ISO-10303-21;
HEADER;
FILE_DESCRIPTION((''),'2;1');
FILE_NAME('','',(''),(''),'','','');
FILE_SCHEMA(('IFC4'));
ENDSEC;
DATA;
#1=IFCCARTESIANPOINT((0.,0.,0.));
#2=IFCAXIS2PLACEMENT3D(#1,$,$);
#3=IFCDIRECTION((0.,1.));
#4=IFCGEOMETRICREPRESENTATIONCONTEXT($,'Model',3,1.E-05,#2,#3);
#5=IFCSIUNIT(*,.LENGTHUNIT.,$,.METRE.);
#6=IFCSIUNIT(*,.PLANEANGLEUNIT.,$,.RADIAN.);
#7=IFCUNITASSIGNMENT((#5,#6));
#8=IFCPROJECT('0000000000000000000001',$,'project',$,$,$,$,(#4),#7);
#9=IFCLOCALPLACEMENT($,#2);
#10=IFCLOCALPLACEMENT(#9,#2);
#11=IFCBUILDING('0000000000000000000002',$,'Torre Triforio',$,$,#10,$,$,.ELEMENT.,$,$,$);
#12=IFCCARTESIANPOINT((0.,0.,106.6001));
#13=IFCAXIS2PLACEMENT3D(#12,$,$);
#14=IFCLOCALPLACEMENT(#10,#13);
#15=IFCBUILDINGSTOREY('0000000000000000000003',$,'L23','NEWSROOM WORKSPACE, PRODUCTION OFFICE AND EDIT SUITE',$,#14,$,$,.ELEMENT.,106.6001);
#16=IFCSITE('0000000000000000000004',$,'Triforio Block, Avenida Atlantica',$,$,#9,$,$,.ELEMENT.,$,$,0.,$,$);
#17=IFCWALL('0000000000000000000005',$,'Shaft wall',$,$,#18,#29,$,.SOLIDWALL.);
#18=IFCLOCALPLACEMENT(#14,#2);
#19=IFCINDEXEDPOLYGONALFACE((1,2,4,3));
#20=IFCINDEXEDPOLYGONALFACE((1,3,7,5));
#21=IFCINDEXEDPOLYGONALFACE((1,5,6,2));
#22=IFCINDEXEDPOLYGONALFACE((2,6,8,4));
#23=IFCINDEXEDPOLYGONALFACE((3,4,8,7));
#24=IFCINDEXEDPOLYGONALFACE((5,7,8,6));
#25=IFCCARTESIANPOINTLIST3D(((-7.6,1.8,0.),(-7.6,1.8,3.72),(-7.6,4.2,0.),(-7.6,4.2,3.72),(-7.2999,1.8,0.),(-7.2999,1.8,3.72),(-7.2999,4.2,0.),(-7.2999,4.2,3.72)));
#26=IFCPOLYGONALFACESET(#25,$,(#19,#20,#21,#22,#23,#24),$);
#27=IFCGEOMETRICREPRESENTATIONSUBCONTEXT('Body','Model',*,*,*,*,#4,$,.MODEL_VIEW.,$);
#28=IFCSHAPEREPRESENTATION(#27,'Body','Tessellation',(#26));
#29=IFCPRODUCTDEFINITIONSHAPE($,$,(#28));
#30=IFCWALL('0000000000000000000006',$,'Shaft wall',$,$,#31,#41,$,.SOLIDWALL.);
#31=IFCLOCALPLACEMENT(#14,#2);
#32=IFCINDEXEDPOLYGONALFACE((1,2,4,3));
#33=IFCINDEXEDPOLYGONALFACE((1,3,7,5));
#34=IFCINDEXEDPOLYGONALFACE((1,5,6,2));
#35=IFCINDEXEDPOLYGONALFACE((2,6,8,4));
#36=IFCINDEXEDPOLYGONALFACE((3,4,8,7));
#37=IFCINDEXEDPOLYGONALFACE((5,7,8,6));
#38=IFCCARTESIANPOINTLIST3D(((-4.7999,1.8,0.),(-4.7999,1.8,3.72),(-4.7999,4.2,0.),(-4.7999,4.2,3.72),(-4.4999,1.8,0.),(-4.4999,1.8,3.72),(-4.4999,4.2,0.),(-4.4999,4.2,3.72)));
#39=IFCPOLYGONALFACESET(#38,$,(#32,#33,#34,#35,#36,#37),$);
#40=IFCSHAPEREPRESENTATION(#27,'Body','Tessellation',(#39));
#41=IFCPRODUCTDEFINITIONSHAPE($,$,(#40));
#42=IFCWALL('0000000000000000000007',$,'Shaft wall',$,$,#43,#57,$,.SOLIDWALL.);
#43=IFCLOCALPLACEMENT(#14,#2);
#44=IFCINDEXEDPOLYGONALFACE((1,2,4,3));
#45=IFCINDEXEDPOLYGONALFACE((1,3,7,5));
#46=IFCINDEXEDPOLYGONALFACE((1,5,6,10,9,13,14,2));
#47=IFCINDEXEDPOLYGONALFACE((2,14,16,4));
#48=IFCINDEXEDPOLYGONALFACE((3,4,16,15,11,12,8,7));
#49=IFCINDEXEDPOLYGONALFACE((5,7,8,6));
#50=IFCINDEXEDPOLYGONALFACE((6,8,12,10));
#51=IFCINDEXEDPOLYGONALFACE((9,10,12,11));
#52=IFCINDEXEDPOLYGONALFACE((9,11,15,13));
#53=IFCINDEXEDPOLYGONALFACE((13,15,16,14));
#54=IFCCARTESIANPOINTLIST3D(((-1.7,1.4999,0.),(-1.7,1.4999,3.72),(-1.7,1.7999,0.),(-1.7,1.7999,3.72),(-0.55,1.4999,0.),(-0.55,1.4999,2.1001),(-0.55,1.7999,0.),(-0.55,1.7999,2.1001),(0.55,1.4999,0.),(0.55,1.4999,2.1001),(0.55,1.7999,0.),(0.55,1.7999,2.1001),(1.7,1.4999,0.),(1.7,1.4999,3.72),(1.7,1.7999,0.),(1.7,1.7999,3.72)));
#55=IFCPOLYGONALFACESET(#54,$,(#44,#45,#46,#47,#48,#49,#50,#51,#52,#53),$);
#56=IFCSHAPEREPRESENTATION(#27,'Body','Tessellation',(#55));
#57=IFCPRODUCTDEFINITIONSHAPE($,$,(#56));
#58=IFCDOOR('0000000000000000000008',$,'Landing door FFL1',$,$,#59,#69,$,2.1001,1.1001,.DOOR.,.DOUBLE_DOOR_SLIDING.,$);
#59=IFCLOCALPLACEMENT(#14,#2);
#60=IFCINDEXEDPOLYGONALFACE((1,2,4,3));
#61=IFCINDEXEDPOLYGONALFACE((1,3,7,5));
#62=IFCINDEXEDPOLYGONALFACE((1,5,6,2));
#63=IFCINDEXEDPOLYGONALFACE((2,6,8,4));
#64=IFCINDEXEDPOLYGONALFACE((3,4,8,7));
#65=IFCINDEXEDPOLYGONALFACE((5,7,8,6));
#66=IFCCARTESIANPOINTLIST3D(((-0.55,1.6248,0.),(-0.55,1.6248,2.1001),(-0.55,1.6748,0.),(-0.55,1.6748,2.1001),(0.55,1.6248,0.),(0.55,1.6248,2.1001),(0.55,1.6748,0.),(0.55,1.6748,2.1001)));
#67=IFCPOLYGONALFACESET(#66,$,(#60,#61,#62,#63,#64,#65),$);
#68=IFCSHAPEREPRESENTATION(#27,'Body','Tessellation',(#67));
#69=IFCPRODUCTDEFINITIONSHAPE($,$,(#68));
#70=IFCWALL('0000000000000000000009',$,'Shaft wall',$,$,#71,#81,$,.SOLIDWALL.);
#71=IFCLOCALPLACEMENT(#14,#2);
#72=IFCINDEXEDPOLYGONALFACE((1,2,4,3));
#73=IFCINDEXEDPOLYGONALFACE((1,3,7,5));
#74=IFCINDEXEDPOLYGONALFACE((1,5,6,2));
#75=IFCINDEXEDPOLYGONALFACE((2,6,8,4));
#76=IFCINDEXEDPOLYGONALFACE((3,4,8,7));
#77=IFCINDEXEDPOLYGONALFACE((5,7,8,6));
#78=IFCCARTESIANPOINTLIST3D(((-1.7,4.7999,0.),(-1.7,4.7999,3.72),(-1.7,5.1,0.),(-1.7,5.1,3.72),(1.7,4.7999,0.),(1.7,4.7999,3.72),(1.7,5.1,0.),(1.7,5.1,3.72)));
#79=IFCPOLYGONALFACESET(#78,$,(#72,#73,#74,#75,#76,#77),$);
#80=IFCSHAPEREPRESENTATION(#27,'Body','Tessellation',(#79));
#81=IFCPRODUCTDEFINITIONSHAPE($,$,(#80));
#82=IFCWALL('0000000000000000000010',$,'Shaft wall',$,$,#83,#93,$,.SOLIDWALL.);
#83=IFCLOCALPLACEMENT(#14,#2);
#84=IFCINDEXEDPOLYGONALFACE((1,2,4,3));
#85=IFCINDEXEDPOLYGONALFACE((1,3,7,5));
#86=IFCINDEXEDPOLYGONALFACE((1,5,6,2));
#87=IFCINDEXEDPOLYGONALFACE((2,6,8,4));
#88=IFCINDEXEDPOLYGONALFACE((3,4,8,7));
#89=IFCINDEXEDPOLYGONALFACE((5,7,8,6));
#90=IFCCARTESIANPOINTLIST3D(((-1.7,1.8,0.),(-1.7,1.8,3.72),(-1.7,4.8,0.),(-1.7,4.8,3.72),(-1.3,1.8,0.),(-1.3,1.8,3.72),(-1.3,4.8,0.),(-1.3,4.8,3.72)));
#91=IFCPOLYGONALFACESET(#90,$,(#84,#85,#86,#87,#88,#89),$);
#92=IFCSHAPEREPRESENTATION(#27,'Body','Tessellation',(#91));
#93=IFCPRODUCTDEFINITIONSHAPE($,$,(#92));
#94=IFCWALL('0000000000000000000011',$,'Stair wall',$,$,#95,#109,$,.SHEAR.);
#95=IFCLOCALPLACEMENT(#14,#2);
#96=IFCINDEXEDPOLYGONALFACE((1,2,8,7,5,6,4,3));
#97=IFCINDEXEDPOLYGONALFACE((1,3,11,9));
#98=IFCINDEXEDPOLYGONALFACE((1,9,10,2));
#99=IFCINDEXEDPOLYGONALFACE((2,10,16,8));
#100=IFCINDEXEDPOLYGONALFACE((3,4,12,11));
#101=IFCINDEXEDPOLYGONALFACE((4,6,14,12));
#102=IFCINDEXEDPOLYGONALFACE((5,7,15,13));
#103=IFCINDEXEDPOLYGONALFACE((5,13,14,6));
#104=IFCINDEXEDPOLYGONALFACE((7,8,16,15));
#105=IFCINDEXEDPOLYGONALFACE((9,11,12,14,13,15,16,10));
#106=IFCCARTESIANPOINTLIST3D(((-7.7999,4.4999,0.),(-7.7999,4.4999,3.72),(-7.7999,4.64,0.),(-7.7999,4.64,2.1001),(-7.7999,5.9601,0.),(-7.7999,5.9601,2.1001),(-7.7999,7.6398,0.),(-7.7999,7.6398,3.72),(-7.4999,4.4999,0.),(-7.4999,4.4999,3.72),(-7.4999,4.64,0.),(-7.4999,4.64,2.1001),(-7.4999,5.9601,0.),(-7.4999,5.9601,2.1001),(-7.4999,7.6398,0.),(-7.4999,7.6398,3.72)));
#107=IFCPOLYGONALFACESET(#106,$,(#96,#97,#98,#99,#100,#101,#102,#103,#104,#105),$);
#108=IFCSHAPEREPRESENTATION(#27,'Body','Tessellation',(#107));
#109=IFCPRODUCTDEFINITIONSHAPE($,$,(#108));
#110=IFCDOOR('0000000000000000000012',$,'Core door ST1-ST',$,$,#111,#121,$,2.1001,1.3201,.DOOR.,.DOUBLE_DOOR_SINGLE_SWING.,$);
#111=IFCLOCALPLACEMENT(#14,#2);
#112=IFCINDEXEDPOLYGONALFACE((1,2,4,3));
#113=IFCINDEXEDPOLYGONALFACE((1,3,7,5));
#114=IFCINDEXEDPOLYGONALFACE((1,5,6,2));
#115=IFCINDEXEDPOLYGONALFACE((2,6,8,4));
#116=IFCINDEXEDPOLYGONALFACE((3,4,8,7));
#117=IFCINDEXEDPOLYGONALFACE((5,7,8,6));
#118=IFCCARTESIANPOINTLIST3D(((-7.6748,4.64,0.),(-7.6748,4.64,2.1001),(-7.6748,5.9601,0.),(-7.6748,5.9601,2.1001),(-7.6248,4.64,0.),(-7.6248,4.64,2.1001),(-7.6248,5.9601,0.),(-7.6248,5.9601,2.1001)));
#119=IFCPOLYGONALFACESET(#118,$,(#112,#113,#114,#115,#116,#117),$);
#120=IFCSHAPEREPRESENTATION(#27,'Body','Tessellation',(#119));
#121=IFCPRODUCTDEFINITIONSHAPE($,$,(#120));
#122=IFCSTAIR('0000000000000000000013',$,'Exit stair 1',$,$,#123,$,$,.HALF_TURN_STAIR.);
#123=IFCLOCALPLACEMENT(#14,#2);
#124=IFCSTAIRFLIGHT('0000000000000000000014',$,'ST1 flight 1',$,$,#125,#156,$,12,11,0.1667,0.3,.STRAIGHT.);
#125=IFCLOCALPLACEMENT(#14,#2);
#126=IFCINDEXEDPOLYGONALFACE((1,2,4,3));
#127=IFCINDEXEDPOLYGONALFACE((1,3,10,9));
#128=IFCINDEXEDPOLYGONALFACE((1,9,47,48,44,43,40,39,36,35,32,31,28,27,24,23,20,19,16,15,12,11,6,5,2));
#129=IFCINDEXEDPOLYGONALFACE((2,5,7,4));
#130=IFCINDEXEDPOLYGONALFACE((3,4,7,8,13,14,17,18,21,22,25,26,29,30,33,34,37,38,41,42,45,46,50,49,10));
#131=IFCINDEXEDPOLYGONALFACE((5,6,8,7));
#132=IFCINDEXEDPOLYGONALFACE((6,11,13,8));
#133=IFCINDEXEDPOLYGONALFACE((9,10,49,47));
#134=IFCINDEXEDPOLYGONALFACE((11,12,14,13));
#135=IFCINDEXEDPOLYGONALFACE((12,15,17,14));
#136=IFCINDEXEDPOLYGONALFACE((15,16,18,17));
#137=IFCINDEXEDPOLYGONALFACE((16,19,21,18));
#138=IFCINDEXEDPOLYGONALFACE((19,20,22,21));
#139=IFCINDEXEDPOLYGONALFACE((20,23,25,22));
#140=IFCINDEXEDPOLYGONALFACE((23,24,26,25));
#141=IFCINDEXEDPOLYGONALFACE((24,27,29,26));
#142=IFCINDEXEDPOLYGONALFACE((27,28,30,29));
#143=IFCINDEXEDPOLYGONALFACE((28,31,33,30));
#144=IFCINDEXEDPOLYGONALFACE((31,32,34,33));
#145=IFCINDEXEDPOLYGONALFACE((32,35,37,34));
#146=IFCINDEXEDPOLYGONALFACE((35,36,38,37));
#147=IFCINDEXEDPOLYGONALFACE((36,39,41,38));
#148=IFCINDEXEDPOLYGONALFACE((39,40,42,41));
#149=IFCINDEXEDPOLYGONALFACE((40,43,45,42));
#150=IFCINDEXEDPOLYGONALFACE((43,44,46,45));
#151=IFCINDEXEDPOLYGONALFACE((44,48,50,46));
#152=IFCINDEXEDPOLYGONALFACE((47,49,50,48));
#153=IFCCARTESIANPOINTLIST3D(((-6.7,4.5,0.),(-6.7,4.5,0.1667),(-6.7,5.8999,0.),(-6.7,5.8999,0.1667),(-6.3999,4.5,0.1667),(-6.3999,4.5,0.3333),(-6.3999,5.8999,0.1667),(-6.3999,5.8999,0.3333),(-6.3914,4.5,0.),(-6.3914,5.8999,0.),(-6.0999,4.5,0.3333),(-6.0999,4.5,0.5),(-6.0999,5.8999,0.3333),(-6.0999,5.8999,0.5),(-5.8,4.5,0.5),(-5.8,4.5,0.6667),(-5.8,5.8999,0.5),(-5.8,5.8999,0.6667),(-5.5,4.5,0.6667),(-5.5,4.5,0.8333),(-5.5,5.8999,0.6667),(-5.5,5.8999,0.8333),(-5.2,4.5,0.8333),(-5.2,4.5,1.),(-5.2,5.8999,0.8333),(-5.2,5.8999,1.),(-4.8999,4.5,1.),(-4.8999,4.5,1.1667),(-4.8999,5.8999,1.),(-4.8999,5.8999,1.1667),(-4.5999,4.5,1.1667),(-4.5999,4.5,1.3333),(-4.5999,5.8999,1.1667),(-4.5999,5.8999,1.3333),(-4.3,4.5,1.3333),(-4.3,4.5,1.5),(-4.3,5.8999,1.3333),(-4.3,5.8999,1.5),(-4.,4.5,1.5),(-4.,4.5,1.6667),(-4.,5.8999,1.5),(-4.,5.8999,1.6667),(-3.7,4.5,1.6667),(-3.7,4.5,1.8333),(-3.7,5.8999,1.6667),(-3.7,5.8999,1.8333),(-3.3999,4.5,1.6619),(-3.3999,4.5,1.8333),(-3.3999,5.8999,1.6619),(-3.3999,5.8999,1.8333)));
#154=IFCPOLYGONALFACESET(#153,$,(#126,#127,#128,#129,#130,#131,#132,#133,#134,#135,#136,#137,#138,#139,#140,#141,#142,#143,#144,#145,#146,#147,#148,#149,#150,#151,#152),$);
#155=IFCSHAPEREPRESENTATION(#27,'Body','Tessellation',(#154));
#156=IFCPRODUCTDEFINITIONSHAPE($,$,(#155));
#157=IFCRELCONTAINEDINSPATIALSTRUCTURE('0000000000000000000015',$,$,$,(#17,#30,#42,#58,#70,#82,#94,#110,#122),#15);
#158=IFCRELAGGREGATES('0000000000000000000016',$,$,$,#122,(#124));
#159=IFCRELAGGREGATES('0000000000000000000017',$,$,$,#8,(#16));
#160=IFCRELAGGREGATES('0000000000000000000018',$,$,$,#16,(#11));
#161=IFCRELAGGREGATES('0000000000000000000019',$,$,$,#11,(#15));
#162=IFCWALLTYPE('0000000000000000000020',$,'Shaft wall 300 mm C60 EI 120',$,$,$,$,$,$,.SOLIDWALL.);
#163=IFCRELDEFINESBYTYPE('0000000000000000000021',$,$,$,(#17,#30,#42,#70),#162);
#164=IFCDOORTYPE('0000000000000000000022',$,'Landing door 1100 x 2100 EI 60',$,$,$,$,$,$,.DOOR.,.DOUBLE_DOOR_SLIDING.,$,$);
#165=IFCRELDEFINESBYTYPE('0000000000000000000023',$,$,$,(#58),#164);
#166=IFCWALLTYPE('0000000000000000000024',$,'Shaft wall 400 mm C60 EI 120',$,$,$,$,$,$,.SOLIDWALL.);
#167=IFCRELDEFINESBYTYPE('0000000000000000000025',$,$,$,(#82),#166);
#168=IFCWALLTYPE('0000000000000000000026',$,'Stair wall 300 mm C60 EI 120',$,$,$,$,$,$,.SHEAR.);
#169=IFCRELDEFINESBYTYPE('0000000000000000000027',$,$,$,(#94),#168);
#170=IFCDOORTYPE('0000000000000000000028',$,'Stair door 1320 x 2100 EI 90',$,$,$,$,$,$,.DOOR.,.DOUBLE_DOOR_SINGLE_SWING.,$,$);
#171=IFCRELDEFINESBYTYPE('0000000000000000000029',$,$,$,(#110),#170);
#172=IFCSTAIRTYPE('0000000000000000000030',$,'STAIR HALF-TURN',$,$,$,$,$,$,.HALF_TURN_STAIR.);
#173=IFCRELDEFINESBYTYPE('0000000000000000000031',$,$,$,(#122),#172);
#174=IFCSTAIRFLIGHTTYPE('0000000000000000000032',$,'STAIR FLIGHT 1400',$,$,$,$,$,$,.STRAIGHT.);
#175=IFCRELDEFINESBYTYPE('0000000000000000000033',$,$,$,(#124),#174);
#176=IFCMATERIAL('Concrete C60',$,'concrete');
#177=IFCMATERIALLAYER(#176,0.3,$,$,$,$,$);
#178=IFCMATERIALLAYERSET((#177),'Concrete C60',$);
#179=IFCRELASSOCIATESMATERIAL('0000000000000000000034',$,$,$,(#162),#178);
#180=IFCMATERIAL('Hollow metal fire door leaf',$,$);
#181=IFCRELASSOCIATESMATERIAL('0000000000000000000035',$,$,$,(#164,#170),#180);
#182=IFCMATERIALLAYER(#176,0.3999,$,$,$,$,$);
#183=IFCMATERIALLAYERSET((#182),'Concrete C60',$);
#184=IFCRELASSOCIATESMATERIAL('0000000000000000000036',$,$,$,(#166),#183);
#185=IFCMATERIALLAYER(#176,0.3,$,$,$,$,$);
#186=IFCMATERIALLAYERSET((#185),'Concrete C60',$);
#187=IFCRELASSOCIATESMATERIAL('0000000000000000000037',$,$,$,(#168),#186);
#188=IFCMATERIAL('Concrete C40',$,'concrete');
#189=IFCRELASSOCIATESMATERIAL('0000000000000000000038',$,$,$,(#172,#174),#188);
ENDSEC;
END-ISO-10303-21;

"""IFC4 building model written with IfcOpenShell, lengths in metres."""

from ifc_helpers import new_model, si_unit, direction, frame, frame_2d, origin, place, context, subcontext, project, spatial, polyline, rectangle, outline, extrude, material, layer, layer_set, type_object, element, fill, aggregate, save


model = new_model("IFC4")

# Units and contexts
model_context = context("Model", 3, precision=1e-05, world=origin(), true_north=direction((0.0, 1.0)))
body_context = subcontext(model_context, "Body", "Model", "MODEL_VIEW")
ifc_project = project(units=[si_unit("LENGTHUNIT", "METRE"), si_unit("PLANEANGLEUNIT", "RADIAN")], contexts=[model_context])

# Site, building, storey
site_placement = place(None, origin())
site = spatial("IfcSite", under=ifc_project, at=site_placement, Name="Triforio Block, Avenida Atlantica", CompositionType="ELEMENT", RefElevation=0.0)
building_placement = place(site_placement, origin())
building = spatial("IfcBuilding", under=site, at=building_placement, Name="Torre Triforio", CompositionType="ELEMENT")
storey_placement = place(building_placement, frame((0.0, 0.0, 106.6001)))
storey = spatial("IfcBuildingStorey", under=building, at=storey_placement, Name="L23", Description="NEWSROOM WORKSPACE, PRODUCTION OFFICE AND EDIT SUITE", CompositionType="ELEMENT", Elevation=106.6001)

# Walls
ifc_material_1 = material(Name="Concrete C60", Category="concrete")
ifc_layer_1 = layer(ifc_material_1, 0.3)
ifc_layer_set_1 = layer_set([ifc_layer_1], Name="Concrete C60")
wall_type_1 = type_object("IfcWallType", Name="Shaft wall 300 mm C60 EI 120", PredefinedType="SOLIDWALL", material=ifc_layer_set_1)
for number, where, z_axis, x_axis, name in (
    (1, (-7.45, 1.8, 0.0), (0.0, 0.0, 1.0), (0.0, 1.0, 0.0), "Shaft wall"),
    (2, (-4.6499, 1.8, 0.0), (0.0, 0.0, 1.0), (0.0, 1.0, 0.0), "Shaft wall"),
):
    element("IfcWall", number, at=place(storey_placement, frame(where, z_axis=z_axis, x_axis=x_axis)), inside=storey, type_object=wall_type_1, Name=name, PredefinedType="SOLIDWALL", context=body_context, shape_type="SweptSolid", body=[
        extrude(rectangle(XDim=2.3999, YDim=0.3, at=frame_2d((1.2, 0.0))), origin(), (0.0, 0.0, 1.0), 3.72),
    ])

# Wall, opening, door
wall_1_placement = place(storey_placement, frame((-1.7, 1.6499, 0.0), z_axis=(0.0, 0.0, 1.0), x_axis=(1.0, 0.0, 0.0)))
wall_1 = element("IfcWall", 3, at=wall_1_placement, inside=storey, type_object=wall_type_1, Name="Shaft wall", PredefinedType="SOLIDWALL", context=body_context, shape_type="SweptSolid", body=[
    extrude(rectangle(XDim=3.3999, YDim=0.3, at=frame_2d((1.7, 0.0))), origin(), (0.0, 0.0, 1.0), 3.72),
])
opening_1_placement = place(wall_1_placement, frame((1.1499, 0.0, 0.0)))
opening_1 = element("IfcOpeningElement", 4, at=opening_1_placement, cuts=wall_1, PredefinedType="OPENING", context=body_context, shape_type="SweptSolid", body=[
    extrude(rectangle(XDim=1.1001, YDim=2.1001, at=frame_2d((0.55, 1.05))), frame((0.0, 0.1599, 0.0), z_axis=(0.0, -1.0, 0.0), x_axis=(1.0, 0.0, 0.0)), (0.0, 0.0, 1.0), 0.3201),
])
ifc_material_2 = material(Name="Hollow metal fire door leaf")
door_type_1 = type_object("IfcDoorType", Name="Landing door 1100 x 2100 EI 60", OperationType="DOUBLE_DOOR_SLIDING", PredefinedType="DOOR", material=ifc_material_2)
door_1_placement = place(opening_1_placement, origin())
door_1 = element("IfcDoor", 5, at=door_1_placement, inside=storey, type_object=door_type_1, Name="Landing door FFL1", OperationType="DOUBLE_DOOR_SLIDING", OverallHeight=2.1001, OverallWidth=1.1001, PredefinedType="DOOR", context=body_context, shape_type="SweptSolid", body=[
    extrude(rectangle(XDim=1.1001, YDim=2.1001, at=frame_2d((0.55, 1.05))), frame((0.0, 0.0249, 0.0), z_axis=(0.0, -1.0, 0.0), x_axis=(1.0, 0.0, 0.0)), (0.0, 0.0, 1.0), 0.05),
])
fill(opening_1, door_1)

# Walls
wall_2_placement = place(storey_placement, frame((-1.7, 4.95, 0.0), z_axis=(0.0, 0.0, 1.0), x_axis=(1.0, 0.0, 0.0)))
element("IfcWall", 6, at=wall_2_placement, inside=storey, type_object=wall_type_1, Name="Shaft wall", PredefinedType="SOLIDWALL", context=body_context, shape_type="SweptSolid", body=[
    extrude(rectangle(XDim=3.3999, YDim=0.3, at=frame_2d((1.7, 0.0))), origin(), (0.0, 0.0, 1.0), 3.72),
])
ifc_layer_2 = layer(ifc_material_1, 0.3999)
ifc_layer_set_2 = layer_set([ifc_layer_2], Name="Concrete C60")
wall_type_2 = type_object("IfcWallType", Name="Shaft wall 400 mm C60 EI 120", PredefinedType="SOLIDWALL", material=ifc_layer_set_2)
wall_3_placement = place(storey_placement, frame((-1.5, 1.8, 0.0), z_axis=(0.0, 0.0, 1.0), x_axis=(0.0, 1.0, 0.0)))
element("IfcWall", 7, at=wall_3_placement, inside=storey, type_object=wall_type_2, Name="Shaft wall", PredefinedType="SOLIDWALL", context=body_context, shape_type="SweptSolid", body=[
    extrude(rectangle(XDim=3.0, YDim=0.3999, at=frame_2d((1.5, 0.0))), origin(), (0.0, 0.0, 1.0), 3.72),
])

# Wall, opening, door
ifc_layer_3 = layer(ifc_material_1, 0.3)
ifc_layer_set_3 = layer_set([ifc_layer_3], Name="Concrete C60")
wall_type_3 = type_object("IfcWallType", Name="Stair wall 300 mm C60 EI 120", PredefinedType="SHEAR", material=ifc_layer_set_3)
wall_4_placement = place(storey_placement, frame((-7.6499, 4.5, 0.0), z_axis=(0.0, 0.0, 1.0), x_axis=(0.0, 1.0, 0.0)))
wall_4 = element("IfcWall", 8, at=wall_4_placement, inside=storey, type_object=wall_type_3, Name="Stair wall", PredefinedType="SHEAR", context=body_context, shape_type="SweptSolid", body=[
    extrude(rectangle(XDim=3.1399, YDim=0.3, at=frame_2d((1.5698, 0.0))), origin(), (0.0, 0.0, 1.0), 3.72),
])
opening_2_placement = place(wall_4_placement, frame((0.1399, 0.0, 0.0)))
opening_2 = element("IfcOpeningElement", 9, at=opening_2_placement, cuts=wall_4, PredefinedType="OPENING", context=body_context, shape_type="SweptSolid", body=[
    extrude(rectangle(XDim=1.3201, YDim=2.1001, at=frame_2d((0.6602, 1.05))), frame((0.0, 0.1599, 0.0), z_axis=(0.0, -1.0, 0.0), x_axis=(1.0, 0.0, 0.0)), (0.0, 0.0, 1.0), 0.3201),
])
door_type_2 = type_object("IfcDoorType", Name="Stair door 1320 x 2100 EI 90", OperationType="DOUBLE_DOOR_SINGLE_SWING", PredefinedType="DOOR", material=ifc_material_2)
door_2_placement = place(opening_2_placement, origin())
door_2 = element("IfcDoor", 10, at=door_2_placement, inside=storey, type_object=door_type_2, Name="Core door ST1-ST", OperationType="DOUBLE_DOOR_SINGLE_SWING", OverallHeight=2.1001, OverallWidth=1.3201, PredefinedType="DOOR", context=body_context, shape_type="SweptSolid", body=[
    extrude(rectangle(XDim=1.3201, YDim=2.1001, at=frame_2d((0.6602, 1.05))), frame((0.0, 0.0249, 0.0), z_axis=(0.0, -1.0, 0.0), x_axis=(1.0, 0.0, 0.0)), (0.0, 0.0, 1.0), 0.05),
])
fill(opening_2, door_2)

# Stair, stair flight
ifc_material_3 = material(Name="Concrete C40", Category="concrete")
stair_type = type_object("IfcStairType", Name="STAIR HALF-TURN", PredefinedType="HALF_TURN_STAIR", material=ifc_material_3)
stair_placement = place(storey_placement, origin())
stair = element("IfcStair", 11, at=stair_placement, inside=storey, type_object=stair_type, Name="Exit stair 1", PredefinedType="HALF_TURN_STAIR")
stair_flight_type = type_object("IfcStairFlightType", Name="STAIR FLIGHT 1400", PredefinedType="STRAIGHT", material=ifc_material_3)
stair_flight_1_placement = place(storey_placement, frame((-6.7, 5.2, 0.0), z_axis=(0.0, 0.0, 1.0), x_axis=(1.0, 0.0, 0.0)))
stair_flight_1 = element("IfcStairFlight", 12, at=stair_flight_1_placement, type_object=stair_flight_type, Name="ST1 flight 1", NumberOfRisers=12, NumberOfTreads=11, PredefinedType="STRAIGHT", RiserHeight=0.1667, TreadLength=0.3, context=body_context, shape_type="SweptSolid", body=[
    extrude(outline(polyline([(0.0, 0.0), (0.0, 0.1667), (0.3, 0.1667), (0.3, 0.3333), (0.6001, 0.3333), (0.6001, 0.5), (0.8999, 0.5), (0.8999, 0.6667), (1.2, 0.6667), (1.2, 0.8333), (1.5, 0.8333), (1.5, 1.0), (1.8, 1.0), (1.8, 1.1667), (2.1001, 1.1667), (2.1001, 1.3333), (2.3999, 1.3333), (2.3999, 1.5), (2.7, 1.5), (2.7, 1.6667), (3.0, 1.6667), (3.0, 1.8333), (3.3, 1.8333), (3.3, 2.0), (3.3, 1.6619), (0.3086, 0.0), (0.0, 0.0)])), frame((0.0, 0.7, 0.0), z_axis=(0.0, -1.0, 0.0), x_axis=(1.0, 0.0, 0.0)), (0.0, 0.0, 1.0), 1.3999),
])
aggregate(stair, [stair_flight_1])

save(model, "model.ifc")
